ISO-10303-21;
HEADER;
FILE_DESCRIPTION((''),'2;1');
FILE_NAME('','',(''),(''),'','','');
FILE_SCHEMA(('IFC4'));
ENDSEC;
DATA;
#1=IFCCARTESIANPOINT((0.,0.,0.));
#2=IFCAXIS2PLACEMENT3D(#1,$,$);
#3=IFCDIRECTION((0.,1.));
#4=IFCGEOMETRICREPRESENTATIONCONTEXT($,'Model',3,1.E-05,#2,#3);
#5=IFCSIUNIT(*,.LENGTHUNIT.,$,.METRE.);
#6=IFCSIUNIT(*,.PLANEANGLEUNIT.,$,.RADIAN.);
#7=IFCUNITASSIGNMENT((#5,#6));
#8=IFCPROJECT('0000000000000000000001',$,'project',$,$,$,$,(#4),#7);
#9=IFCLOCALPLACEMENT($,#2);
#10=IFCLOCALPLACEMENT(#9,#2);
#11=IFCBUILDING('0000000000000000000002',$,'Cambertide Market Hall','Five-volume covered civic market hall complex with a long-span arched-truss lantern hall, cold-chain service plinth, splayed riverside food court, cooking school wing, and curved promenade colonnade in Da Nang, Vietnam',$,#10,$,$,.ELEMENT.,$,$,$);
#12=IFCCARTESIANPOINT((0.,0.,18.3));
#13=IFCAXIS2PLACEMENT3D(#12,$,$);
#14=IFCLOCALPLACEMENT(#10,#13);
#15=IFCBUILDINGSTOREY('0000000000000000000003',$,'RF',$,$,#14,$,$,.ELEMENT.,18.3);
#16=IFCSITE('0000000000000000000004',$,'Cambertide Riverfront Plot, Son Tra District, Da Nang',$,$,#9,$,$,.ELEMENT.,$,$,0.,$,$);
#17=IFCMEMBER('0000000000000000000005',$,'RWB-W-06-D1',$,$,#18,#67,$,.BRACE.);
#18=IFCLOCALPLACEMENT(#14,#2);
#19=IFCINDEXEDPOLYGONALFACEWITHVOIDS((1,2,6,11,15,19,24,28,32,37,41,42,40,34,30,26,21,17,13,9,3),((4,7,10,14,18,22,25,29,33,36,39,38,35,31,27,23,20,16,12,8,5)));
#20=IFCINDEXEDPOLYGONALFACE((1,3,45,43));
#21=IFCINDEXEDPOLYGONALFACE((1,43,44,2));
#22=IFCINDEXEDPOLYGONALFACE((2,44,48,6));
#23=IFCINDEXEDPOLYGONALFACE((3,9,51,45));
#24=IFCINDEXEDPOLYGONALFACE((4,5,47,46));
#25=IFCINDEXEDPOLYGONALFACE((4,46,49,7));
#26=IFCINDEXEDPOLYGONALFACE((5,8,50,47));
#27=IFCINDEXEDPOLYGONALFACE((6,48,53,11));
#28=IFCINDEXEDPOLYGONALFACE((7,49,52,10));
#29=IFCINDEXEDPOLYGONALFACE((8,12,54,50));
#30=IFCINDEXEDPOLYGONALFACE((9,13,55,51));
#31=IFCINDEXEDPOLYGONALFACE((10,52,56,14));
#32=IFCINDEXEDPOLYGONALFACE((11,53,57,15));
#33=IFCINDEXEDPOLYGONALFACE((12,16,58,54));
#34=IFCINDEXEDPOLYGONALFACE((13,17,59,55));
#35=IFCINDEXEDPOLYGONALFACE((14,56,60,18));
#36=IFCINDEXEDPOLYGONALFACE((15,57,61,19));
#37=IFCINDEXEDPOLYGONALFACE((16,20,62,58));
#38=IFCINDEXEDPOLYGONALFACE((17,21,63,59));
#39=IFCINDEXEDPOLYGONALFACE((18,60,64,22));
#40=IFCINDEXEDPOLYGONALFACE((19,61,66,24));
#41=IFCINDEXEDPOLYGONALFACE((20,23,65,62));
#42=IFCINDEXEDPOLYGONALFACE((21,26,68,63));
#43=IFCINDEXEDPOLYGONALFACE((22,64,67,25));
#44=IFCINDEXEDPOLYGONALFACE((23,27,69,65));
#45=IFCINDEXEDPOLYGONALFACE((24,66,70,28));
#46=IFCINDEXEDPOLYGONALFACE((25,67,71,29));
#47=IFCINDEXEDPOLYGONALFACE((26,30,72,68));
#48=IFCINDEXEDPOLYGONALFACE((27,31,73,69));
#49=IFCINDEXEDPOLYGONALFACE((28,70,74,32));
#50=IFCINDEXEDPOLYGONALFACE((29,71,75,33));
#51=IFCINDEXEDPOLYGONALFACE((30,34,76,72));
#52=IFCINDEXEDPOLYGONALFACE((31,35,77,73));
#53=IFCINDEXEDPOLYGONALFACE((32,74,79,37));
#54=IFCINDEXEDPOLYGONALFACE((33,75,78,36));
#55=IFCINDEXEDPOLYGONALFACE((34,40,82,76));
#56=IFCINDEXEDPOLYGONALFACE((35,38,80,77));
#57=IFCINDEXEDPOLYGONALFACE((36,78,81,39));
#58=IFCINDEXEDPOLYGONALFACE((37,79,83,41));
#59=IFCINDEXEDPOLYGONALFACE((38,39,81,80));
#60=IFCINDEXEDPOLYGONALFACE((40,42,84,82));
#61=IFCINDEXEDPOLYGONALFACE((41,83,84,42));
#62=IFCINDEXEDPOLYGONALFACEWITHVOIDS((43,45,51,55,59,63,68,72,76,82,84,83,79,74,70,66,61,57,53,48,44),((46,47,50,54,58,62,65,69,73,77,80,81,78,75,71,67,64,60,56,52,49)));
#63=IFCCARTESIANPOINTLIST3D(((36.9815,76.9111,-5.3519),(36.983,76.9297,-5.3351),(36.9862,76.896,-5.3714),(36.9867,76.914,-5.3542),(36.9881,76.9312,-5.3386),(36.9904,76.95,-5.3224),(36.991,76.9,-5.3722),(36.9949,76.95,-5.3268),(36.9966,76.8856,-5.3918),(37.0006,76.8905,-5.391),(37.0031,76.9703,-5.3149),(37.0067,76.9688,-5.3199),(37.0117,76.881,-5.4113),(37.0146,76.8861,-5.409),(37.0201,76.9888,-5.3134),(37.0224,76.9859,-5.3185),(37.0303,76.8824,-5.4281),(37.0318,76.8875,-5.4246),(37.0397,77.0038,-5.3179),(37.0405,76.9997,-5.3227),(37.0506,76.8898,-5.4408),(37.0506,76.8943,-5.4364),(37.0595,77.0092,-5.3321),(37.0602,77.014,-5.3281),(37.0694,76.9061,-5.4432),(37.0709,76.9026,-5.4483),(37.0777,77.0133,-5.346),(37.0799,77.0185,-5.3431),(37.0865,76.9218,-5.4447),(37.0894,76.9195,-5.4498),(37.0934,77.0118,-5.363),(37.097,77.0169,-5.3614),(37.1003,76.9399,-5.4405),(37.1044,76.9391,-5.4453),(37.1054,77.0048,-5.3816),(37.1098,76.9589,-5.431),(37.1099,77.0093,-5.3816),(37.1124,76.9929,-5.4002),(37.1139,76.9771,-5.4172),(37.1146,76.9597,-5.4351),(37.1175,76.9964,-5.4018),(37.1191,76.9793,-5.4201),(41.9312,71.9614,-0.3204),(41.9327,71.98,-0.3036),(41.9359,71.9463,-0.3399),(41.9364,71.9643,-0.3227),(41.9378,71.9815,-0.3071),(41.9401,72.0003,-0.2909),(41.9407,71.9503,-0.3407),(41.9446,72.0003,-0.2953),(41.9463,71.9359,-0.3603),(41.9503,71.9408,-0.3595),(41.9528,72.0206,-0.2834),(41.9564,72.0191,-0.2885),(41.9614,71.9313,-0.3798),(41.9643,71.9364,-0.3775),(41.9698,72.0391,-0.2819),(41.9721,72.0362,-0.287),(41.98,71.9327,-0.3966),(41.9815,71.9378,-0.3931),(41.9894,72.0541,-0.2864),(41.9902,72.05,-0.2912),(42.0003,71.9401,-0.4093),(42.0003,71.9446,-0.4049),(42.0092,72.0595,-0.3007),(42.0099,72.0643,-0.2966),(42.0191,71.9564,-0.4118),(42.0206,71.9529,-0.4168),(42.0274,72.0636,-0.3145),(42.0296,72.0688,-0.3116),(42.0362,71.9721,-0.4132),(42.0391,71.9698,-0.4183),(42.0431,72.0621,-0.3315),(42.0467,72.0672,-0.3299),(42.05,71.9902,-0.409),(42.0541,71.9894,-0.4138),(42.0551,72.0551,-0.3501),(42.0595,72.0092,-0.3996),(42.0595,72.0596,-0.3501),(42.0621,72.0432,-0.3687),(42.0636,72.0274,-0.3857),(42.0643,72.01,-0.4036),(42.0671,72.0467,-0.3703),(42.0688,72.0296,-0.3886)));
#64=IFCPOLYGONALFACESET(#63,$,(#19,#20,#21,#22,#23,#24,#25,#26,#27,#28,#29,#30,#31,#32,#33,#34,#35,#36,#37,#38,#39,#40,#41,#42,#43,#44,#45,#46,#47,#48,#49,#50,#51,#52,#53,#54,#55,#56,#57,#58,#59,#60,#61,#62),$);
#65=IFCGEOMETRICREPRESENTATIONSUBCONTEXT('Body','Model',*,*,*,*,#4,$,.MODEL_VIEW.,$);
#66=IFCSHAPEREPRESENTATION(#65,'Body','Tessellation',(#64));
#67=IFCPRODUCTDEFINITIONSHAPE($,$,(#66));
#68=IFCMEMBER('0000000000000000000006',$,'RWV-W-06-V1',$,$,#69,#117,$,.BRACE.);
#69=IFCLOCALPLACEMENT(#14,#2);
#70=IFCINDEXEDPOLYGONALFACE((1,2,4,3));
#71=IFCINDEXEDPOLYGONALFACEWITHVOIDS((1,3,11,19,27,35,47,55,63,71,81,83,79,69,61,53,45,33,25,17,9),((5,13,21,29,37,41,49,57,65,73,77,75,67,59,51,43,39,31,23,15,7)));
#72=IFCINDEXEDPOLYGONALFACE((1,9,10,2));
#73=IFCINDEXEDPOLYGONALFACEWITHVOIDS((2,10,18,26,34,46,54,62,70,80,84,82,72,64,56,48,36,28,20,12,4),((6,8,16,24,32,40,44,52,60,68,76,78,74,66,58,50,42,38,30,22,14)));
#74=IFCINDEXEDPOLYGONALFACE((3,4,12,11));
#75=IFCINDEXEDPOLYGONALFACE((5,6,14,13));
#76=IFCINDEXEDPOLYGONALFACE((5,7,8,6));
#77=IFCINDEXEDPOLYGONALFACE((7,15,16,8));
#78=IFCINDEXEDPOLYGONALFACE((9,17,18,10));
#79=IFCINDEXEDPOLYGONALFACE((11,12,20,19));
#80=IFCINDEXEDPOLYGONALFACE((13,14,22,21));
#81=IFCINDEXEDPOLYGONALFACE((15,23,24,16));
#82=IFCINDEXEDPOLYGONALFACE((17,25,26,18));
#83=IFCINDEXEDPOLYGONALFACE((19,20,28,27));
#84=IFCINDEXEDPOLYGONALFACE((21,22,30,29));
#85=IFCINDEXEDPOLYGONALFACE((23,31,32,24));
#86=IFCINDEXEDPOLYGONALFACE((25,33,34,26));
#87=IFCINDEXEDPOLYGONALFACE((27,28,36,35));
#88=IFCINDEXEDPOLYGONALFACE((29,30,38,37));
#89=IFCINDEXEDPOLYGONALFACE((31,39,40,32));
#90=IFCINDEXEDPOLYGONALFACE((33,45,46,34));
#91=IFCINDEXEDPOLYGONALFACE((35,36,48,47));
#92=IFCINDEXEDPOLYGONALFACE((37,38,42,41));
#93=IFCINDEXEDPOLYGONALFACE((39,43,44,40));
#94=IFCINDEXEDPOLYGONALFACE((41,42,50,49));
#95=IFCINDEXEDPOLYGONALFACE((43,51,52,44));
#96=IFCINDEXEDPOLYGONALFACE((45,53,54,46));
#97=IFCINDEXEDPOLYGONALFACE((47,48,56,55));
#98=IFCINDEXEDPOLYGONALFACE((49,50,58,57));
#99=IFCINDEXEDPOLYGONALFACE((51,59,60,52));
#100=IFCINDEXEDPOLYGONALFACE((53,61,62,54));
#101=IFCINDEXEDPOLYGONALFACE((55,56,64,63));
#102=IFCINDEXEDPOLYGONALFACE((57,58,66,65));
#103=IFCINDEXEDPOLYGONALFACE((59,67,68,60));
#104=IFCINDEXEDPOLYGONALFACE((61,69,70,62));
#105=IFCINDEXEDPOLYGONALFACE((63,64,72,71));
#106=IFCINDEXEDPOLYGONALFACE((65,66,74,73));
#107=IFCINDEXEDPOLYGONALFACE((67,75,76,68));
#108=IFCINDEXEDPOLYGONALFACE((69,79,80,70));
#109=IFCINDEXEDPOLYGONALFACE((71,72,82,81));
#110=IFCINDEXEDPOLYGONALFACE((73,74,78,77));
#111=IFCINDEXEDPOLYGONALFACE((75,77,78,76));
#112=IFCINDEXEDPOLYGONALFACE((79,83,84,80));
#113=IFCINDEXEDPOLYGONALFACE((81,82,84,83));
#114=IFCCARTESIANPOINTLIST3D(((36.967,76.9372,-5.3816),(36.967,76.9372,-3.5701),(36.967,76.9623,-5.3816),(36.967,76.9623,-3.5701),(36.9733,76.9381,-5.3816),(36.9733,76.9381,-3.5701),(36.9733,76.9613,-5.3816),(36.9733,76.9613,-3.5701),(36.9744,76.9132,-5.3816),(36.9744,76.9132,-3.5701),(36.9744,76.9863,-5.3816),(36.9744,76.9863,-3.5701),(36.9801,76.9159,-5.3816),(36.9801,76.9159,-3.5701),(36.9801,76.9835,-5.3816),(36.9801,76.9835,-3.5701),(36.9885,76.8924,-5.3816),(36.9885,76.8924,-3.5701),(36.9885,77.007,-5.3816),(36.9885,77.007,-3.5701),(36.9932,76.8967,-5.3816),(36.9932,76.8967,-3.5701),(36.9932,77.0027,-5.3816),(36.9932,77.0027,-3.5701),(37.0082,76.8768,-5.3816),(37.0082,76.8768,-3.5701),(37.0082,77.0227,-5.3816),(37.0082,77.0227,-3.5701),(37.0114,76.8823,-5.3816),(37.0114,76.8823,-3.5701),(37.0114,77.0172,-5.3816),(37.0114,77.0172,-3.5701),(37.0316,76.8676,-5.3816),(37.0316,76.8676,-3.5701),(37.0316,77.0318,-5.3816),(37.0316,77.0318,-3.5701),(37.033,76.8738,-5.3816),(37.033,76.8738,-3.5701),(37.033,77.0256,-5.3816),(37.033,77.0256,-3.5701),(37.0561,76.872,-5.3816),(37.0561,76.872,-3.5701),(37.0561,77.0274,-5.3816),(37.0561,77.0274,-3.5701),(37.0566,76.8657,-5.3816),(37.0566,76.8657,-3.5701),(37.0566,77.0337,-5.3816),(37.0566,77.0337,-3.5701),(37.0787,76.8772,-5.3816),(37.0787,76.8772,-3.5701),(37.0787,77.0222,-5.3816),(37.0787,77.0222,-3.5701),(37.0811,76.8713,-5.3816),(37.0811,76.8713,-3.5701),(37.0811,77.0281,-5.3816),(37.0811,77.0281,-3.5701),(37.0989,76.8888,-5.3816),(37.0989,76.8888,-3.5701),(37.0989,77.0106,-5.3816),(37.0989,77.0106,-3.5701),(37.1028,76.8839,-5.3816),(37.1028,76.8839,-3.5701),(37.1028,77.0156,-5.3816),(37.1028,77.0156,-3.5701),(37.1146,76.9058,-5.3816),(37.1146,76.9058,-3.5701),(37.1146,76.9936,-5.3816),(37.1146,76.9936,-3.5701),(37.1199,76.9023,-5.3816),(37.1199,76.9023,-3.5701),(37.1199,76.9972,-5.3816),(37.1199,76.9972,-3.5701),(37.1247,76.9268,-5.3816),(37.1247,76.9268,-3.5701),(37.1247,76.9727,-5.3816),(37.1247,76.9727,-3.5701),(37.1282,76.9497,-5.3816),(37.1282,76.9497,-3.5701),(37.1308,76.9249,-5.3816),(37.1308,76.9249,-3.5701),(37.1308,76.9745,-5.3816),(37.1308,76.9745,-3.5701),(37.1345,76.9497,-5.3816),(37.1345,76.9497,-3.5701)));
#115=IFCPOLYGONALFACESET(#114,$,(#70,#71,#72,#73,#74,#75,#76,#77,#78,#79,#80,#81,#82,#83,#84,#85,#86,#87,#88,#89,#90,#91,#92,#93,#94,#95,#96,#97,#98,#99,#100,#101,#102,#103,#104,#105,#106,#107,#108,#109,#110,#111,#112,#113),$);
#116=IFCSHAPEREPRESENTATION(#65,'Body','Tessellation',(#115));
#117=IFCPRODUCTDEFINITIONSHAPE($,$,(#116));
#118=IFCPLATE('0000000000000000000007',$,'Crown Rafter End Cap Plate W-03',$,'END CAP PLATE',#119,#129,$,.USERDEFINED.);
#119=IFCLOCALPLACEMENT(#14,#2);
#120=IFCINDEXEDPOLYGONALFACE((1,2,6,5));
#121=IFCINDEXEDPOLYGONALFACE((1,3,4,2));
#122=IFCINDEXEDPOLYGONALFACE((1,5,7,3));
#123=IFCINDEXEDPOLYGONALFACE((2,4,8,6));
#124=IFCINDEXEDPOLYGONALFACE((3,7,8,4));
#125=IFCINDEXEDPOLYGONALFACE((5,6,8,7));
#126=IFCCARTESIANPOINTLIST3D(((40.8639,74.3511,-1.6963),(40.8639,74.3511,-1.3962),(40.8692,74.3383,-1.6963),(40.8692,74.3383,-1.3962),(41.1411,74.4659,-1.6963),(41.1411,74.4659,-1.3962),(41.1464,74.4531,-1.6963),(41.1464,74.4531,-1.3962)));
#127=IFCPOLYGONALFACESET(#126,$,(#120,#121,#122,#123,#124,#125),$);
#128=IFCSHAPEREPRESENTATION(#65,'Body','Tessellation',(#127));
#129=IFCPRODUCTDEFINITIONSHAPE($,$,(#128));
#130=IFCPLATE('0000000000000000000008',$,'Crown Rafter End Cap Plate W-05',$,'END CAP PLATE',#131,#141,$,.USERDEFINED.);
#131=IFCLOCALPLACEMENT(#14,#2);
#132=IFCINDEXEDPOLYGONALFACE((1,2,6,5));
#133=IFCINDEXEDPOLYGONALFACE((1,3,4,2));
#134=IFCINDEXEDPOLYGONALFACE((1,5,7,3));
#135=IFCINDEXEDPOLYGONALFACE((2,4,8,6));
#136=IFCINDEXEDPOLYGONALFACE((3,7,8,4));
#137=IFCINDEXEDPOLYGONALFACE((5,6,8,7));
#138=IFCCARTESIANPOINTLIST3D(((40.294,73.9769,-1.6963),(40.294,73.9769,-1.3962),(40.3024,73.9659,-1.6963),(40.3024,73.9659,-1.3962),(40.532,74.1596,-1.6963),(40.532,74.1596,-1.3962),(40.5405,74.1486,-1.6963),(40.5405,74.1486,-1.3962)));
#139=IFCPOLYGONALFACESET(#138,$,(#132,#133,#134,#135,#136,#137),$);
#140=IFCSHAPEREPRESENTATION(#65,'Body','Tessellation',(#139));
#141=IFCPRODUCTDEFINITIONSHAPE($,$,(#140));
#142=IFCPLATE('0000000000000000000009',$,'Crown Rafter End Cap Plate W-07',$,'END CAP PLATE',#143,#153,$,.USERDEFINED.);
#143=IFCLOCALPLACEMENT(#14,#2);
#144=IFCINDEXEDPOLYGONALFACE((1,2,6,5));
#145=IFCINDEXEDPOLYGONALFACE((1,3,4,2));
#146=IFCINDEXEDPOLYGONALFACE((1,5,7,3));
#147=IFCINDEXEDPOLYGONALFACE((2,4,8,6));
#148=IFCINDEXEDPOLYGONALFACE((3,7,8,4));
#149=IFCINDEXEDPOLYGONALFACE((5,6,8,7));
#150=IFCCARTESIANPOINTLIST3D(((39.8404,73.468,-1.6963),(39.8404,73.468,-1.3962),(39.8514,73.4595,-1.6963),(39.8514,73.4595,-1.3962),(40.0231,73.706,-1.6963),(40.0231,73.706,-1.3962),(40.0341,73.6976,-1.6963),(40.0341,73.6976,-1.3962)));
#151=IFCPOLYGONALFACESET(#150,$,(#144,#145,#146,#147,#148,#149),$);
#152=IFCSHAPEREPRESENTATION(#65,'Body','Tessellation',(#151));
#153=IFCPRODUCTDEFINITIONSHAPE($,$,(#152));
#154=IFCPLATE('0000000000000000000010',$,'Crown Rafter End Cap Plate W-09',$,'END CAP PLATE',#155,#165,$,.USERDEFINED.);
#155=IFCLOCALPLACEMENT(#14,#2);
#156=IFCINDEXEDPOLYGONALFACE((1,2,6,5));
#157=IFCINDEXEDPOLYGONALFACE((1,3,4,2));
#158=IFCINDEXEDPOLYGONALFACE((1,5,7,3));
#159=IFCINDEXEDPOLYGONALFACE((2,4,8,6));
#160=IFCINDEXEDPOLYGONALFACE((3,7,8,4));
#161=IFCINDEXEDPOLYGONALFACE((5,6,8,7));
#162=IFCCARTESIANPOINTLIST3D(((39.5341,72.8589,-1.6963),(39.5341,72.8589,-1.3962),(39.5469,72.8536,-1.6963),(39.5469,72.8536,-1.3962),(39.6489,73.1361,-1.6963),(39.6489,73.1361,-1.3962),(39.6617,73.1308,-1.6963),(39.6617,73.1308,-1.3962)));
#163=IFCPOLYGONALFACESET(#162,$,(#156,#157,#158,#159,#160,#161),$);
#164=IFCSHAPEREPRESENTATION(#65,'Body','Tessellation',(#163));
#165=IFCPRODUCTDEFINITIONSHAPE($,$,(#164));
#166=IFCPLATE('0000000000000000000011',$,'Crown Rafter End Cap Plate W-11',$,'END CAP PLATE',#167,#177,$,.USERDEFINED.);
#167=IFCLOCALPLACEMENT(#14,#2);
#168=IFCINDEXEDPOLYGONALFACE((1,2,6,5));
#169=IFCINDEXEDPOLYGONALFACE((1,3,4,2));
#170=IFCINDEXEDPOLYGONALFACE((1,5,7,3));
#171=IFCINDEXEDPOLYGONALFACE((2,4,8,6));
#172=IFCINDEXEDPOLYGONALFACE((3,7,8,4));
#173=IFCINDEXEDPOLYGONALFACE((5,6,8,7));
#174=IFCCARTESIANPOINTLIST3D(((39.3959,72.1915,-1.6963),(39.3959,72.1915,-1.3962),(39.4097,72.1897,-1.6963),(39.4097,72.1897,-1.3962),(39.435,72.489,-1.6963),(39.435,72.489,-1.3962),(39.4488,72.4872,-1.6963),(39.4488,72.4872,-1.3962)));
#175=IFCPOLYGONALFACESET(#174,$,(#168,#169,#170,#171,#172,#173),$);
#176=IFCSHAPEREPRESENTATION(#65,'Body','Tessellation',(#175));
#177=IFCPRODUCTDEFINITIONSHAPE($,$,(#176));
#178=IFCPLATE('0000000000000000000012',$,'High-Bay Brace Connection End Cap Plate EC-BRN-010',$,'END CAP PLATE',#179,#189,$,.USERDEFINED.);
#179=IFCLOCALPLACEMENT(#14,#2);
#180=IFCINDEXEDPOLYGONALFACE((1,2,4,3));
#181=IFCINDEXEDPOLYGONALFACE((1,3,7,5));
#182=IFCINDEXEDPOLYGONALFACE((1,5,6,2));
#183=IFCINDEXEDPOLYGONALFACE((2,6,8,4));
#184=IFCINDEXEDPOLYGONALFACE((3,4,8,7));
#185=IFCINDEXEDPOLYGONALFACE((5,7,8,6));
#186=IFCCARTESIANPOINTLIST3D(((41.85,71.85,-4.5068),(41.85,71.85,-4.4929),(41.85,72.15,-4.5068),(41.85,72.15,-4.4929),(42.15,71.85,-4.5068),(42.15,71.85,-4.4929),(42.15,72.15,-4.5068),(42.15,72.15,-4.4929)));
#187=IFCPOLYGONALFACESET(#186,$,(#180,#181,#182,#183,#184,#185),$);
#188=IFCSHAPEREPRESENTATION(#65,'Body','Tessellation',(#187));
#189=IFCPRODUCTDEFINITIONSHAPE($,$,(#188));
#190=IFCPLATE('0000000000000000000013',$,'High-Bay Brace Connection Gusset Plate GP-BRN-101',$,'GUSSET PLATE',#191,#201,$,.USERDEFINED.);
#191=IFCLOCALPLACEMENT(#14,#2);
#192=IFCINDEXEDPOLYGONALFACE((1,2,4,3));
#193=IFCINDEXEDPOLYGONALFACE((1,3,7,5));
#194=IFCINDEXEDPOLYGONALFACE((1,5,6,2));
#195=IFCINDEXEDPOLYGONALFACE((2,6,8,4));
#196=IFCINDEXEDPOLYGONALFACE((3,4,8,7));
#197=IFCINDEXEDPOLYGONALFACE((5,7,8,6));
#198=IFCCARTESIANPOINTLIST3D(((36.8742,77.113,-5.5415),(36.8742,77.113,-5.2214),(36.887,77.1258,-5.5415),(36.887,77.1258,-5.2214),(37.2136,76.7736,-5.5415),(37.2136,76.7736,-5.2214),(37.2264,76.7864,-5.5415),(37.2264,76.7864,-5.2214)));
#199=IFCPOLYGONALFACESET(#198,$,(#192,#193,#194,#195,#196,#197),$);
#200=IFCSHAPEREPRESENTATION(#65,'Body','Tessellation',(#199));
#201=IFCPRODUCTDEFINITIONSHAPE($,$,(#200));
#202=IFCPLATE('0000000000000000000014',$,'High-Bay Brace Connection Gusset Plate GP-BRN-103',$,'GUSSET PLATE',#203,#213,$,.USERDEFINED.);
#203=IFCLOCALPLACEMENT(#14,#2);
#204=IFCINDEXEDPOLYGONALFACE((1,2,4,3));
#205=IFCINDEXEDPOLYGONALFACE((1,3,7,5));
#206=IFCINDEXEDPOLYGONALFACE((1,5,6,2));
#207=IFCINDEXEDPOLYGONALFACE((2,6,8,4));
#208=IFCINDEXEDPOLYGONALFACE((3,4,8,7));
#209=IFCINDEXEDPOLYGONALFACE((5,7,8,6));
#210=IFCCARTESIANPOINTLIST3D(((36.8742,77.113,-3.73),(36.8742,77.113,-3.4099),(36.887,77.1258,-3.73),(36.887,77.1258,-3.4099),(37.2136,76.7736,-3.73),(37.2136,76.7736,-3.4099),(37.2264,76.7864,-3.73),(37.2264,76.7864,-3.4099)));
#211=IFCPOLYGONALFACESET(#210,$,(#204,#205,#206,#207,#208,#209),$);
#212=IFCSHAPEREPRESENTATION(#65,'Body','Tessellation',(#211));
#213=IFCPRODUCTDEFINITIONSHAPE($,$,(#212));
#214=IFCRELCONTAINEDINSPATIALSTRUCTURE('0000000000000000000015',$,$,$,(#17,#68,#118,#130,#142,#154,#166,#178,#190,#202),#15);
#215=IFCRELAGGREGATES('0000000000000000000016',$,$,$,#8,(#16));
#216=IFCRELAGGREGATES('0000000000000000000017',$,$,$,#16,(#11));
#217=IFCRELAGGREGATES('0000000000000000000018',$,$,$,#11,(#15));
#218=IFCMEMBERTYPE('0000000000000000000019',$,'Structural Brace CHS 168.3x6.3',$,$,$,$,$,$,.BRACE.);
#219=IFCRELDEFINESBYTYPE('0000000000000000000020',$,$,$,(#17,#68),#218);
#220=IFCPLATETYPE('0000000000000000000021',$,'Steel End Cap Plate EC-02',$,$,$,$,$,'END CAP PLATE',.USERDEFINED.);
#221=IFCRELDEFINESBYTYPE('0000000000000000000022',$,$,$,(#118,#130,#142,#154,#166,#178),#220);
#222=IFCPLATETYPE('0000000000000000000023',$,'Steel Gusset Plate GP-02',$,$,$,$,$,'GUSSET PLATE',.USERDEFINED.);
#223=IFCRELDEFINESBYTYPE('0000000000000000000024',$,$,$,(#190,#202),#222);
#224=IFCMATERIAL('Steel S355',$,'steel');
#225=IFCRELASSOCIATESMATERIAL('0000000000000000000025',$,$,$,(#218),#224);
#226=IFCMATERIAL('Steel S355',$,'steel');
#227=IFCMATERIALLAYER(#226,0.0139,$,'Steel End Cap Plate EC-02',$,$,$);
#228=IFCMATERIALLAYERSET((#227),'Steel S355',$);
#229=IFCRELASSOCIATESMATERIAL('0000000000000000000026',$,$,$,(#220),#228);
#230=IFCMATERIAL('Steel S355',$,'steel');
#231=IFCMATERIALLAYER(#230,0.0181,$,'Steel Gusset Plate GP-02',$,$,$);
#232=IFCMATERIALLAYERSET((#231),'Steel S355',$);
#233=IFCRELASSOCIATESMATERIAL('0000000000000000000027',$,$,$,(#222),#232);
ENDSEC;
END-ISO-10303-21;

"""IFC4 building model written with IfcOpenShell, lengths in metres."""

from ifc_helpers import new_model, si_unit, direction, frame, origin, origin_2d, place, context, subcontext, project, spatial, rectangle, hollow_circle, extrude, material, layer, layer_set, material_profile, profile_set, type_object, element, save


model = new_model("IFC4")

# Units and contexts
model_context = context("Model", 3, precision=1e-05, world=origin(), true_north=direction((0.0, 1.0)))
body_context = subcontext(model_context, "Body", "Model", "MODEL_VIEW")
ifc_project = project(units=[si_unit("LENGTHUNIT", "METRE"), si_unit("PLANEANGLEUNIT", "RADIAN")], contexts=[model_context])

# Site, building, storey
site_placement = place(None, origin())
site = spatial("IfcSite", under=ifc_project, at=site_placement, Name="Cambertide Riverfront Plot, Son Tra District, Da Nang", CompositionType="ELEMENT", RefElevation=0.0)
building_placement = place(site_placement, origin())
building = spatial("IfcBuilding", under=site, at=building_placement, Name="Cambertide Market Hall", Description="Five-volume covered civic market hall complex with a long-span arched-truss lantern hall, cold-chain service plinth, splayed riverside food court, cooking school wing, and curved promenade colonnade in Da Nang, Vietnam", CompositionType="ELEMENT")
storey_placement = place(building_placement, frame((0.0, 0.0, 18.3)))
storey = spatial("IfcBuildingStorey", under=building, at=storey_placement, Name="RF", CompositionType="ELEMENT", Elevation=18.3)

# Members
ifc_material_1 = material(Name="Steel S355", Category="steel")
ifc_material_profile_1 = material_profile(ifc_material_1, hollow_circle(Radius=0.0842, WallThickness=0.0063, at=origin_2d()), Name="CHS 168.3x6.3")
ifc_profile_set_1 = profile_set([ifc_material_profile_1], Name="Steel S355")
member_type_1 = type_object("IfcMemberType", Name="Structural Brace CHS 168.3x6.3", PredefinedType="BRACE", material=ifc_profile_set_1)
member_1_placement = place(storey_placement, frame((37.0503, 76.9497, -5.3816), z_axis=(0.57417, -0.57417, 0.583658), x_axis=(0.707107, 0.707107, 0.0)))
element("IfcMember", 1, at=member_1_placement, inside=storey, type_object=member_type_1, Name="RWB-W-06-D1", PredefinedType="BRACE", context=body_context, shape_type="SweptSolid", body=[
    extrude(hollow_circle(Radius=0.0842, WallThickness=0.0063, at=origin_2d()), origin(), (0.0, 0.0, 1.0), 8.6206),
])
member_2_placement = place(storey_placement, frame((37.0503, 76.9497, -5.3816), z_axis=(0.0, 0.0, 1.0), x_axis=(1.0, 0.0, 0.0)))
element("IfcMember", 2, at=member_2_placement, inside=storey, type_object=member_type_1, Name="RWV-W-06-V1", PredefinedType="BRACE", context=body_context, shape_type="SweptSolid", body=[
    extrude(hollow_circle(Radius=0.0842, WallThickness=0.0063, at=origin_2d()), origin(), (0.0, 0.0, 1.0), 1.8115),
])

# Plates
ifc_material_2 = material(Name="Steel S355", Category="steel")
ifc_layer_1 = layer(ifc_material_2, 0.0139, Name="Steel End Cap Plate EC-02")
ifc_layer_set_1 = layer_set([ifc_layer_1], Name="Steel S355")
plate_type_1 = type_object("IfcPlateType", Name="Steel End Cap Plate EC-02", ElementType="END CAP PLATE", PredefinedType="USERDEFINED", material=ifc_layer_set_1)
for number, where, z_axis, x_axis, name in (
    (3, (41.0051, 74.4021, -1.6963), (0.0, 0.0, 1.0), (-0.382683, 0.92388, 0.0), "Crown Rafter End Cap Plate W-03"),
    (4, (40.4172, 74.0627, -1.6963), (0.0, 0.0, 1.0), (-0.608761, 0.793353, 0.0), "Crown Rafter End Cap Plate W-05"),
    (5, (39.9373, 73.5828, -1.6963), (0.0, 0.0, 1.0), (-0.793353, 0.608761, 0.0), "Crown Rafter End Cap Plate W-07"),
    (6, (39.5979, 72.9949, -1.6963), (0.0, 0.0, 1.0), (-0.92388, 0.382683, 0.0), "Crown Rafter End Cap Plate W-09"),
    (7, (39.4224, 72.3394, -1.6963), (0.0, 0.0, 1.0), (-0.991445, 0.130526, 0.0), "Crown Rafter End Cap Plate W-11"),
):
    element("IfcPlate", number, at=place(storey_placement, frame(where, z_axis=z_axis, x_axis=x_axis)), inside=storey, type_object=plate_type_1, Name=name, ObjectType="END CAP PLATE", PredefinedType="USERDEFINED", context=body_context, shape_type="SweptSolid", body=[
        extrude(rectangle(XDim=0.0139, YDim=0.3, at=origin_2d()), origin(), (0.0, 0.0, 1.0), 0.3),
    ])
plate_placement = place(storey_placement, frame((42.0, 72.0, -4.5068), z_axis=(0.0, 0.0, 1.0), x_axis=(1.0, 0.0, 0.0)))
element("IfcPlate", 8, at=plate_placement, inside=storey, type_object=plate_type_1, Name="High-Bay Brace Connection End Cap Plate EC-BRN-010", ObjectType="END CAP PLATE", PredefinedType="USERDEFINED", context=body_context, shape_type="SweptSolid", body=[
    extrude(rectangle(XDim=0.3, YDim=0.3, at=origin_2d()), origin(), (0.0, 0.0, 1.0), 0.0139),
])
ifc_material_3 = material(Name="Steel S355", Category="steel")
ifc_layer_2 = layer(ifc_material_3, 0.0181, Name="Steel Gusset Plate GP-02")
ifc_layer_set_2 = layer_set([ifc_layer_2], Name="Steel S355")
plate_type_2 = type_object("IfcPlateType", Name="Steel Gusset Plate GP-02", ElementType="GUSSET PLATE", PredefinedType="USERDEFINED", material=ifc_layer_set_2)
for number, where, z_axis, x_axis, name in (
    (9, (37.0503, 76.9497, -5.5415), (0.0, 0.0, 1.0), (0.707107, -0.707107, 0.0), "High-Bay Brace Connection Gusset Plate GP-BRN-101"),
    (10, (37.0503, 76.9497, -3.73), (0.0, 0.0, 1.0), (0.707107, -0.707107, 0.0), "High-Bay Brace Connection Gusset Plate GP-BRN-103"),
):
    element("IfcPlate", number, at=place(storey_placement, frame(where, z_axis=z_axis, x_axis=x_axis)), inside=storey, type_object=plate_type_2, Name=name, ObjectType="GUSSET PLATE", PredefinedType="USERDEFINED", context=body_context, shape_type="SweptSolid", body=[
        extrude(rectangle(XDim=0.48, YDim=0.0181, at=origin_2d()), origin(), (0.0, 0.0, 1.0), 0.3201),
    ])

save(model, "model.ifc")
